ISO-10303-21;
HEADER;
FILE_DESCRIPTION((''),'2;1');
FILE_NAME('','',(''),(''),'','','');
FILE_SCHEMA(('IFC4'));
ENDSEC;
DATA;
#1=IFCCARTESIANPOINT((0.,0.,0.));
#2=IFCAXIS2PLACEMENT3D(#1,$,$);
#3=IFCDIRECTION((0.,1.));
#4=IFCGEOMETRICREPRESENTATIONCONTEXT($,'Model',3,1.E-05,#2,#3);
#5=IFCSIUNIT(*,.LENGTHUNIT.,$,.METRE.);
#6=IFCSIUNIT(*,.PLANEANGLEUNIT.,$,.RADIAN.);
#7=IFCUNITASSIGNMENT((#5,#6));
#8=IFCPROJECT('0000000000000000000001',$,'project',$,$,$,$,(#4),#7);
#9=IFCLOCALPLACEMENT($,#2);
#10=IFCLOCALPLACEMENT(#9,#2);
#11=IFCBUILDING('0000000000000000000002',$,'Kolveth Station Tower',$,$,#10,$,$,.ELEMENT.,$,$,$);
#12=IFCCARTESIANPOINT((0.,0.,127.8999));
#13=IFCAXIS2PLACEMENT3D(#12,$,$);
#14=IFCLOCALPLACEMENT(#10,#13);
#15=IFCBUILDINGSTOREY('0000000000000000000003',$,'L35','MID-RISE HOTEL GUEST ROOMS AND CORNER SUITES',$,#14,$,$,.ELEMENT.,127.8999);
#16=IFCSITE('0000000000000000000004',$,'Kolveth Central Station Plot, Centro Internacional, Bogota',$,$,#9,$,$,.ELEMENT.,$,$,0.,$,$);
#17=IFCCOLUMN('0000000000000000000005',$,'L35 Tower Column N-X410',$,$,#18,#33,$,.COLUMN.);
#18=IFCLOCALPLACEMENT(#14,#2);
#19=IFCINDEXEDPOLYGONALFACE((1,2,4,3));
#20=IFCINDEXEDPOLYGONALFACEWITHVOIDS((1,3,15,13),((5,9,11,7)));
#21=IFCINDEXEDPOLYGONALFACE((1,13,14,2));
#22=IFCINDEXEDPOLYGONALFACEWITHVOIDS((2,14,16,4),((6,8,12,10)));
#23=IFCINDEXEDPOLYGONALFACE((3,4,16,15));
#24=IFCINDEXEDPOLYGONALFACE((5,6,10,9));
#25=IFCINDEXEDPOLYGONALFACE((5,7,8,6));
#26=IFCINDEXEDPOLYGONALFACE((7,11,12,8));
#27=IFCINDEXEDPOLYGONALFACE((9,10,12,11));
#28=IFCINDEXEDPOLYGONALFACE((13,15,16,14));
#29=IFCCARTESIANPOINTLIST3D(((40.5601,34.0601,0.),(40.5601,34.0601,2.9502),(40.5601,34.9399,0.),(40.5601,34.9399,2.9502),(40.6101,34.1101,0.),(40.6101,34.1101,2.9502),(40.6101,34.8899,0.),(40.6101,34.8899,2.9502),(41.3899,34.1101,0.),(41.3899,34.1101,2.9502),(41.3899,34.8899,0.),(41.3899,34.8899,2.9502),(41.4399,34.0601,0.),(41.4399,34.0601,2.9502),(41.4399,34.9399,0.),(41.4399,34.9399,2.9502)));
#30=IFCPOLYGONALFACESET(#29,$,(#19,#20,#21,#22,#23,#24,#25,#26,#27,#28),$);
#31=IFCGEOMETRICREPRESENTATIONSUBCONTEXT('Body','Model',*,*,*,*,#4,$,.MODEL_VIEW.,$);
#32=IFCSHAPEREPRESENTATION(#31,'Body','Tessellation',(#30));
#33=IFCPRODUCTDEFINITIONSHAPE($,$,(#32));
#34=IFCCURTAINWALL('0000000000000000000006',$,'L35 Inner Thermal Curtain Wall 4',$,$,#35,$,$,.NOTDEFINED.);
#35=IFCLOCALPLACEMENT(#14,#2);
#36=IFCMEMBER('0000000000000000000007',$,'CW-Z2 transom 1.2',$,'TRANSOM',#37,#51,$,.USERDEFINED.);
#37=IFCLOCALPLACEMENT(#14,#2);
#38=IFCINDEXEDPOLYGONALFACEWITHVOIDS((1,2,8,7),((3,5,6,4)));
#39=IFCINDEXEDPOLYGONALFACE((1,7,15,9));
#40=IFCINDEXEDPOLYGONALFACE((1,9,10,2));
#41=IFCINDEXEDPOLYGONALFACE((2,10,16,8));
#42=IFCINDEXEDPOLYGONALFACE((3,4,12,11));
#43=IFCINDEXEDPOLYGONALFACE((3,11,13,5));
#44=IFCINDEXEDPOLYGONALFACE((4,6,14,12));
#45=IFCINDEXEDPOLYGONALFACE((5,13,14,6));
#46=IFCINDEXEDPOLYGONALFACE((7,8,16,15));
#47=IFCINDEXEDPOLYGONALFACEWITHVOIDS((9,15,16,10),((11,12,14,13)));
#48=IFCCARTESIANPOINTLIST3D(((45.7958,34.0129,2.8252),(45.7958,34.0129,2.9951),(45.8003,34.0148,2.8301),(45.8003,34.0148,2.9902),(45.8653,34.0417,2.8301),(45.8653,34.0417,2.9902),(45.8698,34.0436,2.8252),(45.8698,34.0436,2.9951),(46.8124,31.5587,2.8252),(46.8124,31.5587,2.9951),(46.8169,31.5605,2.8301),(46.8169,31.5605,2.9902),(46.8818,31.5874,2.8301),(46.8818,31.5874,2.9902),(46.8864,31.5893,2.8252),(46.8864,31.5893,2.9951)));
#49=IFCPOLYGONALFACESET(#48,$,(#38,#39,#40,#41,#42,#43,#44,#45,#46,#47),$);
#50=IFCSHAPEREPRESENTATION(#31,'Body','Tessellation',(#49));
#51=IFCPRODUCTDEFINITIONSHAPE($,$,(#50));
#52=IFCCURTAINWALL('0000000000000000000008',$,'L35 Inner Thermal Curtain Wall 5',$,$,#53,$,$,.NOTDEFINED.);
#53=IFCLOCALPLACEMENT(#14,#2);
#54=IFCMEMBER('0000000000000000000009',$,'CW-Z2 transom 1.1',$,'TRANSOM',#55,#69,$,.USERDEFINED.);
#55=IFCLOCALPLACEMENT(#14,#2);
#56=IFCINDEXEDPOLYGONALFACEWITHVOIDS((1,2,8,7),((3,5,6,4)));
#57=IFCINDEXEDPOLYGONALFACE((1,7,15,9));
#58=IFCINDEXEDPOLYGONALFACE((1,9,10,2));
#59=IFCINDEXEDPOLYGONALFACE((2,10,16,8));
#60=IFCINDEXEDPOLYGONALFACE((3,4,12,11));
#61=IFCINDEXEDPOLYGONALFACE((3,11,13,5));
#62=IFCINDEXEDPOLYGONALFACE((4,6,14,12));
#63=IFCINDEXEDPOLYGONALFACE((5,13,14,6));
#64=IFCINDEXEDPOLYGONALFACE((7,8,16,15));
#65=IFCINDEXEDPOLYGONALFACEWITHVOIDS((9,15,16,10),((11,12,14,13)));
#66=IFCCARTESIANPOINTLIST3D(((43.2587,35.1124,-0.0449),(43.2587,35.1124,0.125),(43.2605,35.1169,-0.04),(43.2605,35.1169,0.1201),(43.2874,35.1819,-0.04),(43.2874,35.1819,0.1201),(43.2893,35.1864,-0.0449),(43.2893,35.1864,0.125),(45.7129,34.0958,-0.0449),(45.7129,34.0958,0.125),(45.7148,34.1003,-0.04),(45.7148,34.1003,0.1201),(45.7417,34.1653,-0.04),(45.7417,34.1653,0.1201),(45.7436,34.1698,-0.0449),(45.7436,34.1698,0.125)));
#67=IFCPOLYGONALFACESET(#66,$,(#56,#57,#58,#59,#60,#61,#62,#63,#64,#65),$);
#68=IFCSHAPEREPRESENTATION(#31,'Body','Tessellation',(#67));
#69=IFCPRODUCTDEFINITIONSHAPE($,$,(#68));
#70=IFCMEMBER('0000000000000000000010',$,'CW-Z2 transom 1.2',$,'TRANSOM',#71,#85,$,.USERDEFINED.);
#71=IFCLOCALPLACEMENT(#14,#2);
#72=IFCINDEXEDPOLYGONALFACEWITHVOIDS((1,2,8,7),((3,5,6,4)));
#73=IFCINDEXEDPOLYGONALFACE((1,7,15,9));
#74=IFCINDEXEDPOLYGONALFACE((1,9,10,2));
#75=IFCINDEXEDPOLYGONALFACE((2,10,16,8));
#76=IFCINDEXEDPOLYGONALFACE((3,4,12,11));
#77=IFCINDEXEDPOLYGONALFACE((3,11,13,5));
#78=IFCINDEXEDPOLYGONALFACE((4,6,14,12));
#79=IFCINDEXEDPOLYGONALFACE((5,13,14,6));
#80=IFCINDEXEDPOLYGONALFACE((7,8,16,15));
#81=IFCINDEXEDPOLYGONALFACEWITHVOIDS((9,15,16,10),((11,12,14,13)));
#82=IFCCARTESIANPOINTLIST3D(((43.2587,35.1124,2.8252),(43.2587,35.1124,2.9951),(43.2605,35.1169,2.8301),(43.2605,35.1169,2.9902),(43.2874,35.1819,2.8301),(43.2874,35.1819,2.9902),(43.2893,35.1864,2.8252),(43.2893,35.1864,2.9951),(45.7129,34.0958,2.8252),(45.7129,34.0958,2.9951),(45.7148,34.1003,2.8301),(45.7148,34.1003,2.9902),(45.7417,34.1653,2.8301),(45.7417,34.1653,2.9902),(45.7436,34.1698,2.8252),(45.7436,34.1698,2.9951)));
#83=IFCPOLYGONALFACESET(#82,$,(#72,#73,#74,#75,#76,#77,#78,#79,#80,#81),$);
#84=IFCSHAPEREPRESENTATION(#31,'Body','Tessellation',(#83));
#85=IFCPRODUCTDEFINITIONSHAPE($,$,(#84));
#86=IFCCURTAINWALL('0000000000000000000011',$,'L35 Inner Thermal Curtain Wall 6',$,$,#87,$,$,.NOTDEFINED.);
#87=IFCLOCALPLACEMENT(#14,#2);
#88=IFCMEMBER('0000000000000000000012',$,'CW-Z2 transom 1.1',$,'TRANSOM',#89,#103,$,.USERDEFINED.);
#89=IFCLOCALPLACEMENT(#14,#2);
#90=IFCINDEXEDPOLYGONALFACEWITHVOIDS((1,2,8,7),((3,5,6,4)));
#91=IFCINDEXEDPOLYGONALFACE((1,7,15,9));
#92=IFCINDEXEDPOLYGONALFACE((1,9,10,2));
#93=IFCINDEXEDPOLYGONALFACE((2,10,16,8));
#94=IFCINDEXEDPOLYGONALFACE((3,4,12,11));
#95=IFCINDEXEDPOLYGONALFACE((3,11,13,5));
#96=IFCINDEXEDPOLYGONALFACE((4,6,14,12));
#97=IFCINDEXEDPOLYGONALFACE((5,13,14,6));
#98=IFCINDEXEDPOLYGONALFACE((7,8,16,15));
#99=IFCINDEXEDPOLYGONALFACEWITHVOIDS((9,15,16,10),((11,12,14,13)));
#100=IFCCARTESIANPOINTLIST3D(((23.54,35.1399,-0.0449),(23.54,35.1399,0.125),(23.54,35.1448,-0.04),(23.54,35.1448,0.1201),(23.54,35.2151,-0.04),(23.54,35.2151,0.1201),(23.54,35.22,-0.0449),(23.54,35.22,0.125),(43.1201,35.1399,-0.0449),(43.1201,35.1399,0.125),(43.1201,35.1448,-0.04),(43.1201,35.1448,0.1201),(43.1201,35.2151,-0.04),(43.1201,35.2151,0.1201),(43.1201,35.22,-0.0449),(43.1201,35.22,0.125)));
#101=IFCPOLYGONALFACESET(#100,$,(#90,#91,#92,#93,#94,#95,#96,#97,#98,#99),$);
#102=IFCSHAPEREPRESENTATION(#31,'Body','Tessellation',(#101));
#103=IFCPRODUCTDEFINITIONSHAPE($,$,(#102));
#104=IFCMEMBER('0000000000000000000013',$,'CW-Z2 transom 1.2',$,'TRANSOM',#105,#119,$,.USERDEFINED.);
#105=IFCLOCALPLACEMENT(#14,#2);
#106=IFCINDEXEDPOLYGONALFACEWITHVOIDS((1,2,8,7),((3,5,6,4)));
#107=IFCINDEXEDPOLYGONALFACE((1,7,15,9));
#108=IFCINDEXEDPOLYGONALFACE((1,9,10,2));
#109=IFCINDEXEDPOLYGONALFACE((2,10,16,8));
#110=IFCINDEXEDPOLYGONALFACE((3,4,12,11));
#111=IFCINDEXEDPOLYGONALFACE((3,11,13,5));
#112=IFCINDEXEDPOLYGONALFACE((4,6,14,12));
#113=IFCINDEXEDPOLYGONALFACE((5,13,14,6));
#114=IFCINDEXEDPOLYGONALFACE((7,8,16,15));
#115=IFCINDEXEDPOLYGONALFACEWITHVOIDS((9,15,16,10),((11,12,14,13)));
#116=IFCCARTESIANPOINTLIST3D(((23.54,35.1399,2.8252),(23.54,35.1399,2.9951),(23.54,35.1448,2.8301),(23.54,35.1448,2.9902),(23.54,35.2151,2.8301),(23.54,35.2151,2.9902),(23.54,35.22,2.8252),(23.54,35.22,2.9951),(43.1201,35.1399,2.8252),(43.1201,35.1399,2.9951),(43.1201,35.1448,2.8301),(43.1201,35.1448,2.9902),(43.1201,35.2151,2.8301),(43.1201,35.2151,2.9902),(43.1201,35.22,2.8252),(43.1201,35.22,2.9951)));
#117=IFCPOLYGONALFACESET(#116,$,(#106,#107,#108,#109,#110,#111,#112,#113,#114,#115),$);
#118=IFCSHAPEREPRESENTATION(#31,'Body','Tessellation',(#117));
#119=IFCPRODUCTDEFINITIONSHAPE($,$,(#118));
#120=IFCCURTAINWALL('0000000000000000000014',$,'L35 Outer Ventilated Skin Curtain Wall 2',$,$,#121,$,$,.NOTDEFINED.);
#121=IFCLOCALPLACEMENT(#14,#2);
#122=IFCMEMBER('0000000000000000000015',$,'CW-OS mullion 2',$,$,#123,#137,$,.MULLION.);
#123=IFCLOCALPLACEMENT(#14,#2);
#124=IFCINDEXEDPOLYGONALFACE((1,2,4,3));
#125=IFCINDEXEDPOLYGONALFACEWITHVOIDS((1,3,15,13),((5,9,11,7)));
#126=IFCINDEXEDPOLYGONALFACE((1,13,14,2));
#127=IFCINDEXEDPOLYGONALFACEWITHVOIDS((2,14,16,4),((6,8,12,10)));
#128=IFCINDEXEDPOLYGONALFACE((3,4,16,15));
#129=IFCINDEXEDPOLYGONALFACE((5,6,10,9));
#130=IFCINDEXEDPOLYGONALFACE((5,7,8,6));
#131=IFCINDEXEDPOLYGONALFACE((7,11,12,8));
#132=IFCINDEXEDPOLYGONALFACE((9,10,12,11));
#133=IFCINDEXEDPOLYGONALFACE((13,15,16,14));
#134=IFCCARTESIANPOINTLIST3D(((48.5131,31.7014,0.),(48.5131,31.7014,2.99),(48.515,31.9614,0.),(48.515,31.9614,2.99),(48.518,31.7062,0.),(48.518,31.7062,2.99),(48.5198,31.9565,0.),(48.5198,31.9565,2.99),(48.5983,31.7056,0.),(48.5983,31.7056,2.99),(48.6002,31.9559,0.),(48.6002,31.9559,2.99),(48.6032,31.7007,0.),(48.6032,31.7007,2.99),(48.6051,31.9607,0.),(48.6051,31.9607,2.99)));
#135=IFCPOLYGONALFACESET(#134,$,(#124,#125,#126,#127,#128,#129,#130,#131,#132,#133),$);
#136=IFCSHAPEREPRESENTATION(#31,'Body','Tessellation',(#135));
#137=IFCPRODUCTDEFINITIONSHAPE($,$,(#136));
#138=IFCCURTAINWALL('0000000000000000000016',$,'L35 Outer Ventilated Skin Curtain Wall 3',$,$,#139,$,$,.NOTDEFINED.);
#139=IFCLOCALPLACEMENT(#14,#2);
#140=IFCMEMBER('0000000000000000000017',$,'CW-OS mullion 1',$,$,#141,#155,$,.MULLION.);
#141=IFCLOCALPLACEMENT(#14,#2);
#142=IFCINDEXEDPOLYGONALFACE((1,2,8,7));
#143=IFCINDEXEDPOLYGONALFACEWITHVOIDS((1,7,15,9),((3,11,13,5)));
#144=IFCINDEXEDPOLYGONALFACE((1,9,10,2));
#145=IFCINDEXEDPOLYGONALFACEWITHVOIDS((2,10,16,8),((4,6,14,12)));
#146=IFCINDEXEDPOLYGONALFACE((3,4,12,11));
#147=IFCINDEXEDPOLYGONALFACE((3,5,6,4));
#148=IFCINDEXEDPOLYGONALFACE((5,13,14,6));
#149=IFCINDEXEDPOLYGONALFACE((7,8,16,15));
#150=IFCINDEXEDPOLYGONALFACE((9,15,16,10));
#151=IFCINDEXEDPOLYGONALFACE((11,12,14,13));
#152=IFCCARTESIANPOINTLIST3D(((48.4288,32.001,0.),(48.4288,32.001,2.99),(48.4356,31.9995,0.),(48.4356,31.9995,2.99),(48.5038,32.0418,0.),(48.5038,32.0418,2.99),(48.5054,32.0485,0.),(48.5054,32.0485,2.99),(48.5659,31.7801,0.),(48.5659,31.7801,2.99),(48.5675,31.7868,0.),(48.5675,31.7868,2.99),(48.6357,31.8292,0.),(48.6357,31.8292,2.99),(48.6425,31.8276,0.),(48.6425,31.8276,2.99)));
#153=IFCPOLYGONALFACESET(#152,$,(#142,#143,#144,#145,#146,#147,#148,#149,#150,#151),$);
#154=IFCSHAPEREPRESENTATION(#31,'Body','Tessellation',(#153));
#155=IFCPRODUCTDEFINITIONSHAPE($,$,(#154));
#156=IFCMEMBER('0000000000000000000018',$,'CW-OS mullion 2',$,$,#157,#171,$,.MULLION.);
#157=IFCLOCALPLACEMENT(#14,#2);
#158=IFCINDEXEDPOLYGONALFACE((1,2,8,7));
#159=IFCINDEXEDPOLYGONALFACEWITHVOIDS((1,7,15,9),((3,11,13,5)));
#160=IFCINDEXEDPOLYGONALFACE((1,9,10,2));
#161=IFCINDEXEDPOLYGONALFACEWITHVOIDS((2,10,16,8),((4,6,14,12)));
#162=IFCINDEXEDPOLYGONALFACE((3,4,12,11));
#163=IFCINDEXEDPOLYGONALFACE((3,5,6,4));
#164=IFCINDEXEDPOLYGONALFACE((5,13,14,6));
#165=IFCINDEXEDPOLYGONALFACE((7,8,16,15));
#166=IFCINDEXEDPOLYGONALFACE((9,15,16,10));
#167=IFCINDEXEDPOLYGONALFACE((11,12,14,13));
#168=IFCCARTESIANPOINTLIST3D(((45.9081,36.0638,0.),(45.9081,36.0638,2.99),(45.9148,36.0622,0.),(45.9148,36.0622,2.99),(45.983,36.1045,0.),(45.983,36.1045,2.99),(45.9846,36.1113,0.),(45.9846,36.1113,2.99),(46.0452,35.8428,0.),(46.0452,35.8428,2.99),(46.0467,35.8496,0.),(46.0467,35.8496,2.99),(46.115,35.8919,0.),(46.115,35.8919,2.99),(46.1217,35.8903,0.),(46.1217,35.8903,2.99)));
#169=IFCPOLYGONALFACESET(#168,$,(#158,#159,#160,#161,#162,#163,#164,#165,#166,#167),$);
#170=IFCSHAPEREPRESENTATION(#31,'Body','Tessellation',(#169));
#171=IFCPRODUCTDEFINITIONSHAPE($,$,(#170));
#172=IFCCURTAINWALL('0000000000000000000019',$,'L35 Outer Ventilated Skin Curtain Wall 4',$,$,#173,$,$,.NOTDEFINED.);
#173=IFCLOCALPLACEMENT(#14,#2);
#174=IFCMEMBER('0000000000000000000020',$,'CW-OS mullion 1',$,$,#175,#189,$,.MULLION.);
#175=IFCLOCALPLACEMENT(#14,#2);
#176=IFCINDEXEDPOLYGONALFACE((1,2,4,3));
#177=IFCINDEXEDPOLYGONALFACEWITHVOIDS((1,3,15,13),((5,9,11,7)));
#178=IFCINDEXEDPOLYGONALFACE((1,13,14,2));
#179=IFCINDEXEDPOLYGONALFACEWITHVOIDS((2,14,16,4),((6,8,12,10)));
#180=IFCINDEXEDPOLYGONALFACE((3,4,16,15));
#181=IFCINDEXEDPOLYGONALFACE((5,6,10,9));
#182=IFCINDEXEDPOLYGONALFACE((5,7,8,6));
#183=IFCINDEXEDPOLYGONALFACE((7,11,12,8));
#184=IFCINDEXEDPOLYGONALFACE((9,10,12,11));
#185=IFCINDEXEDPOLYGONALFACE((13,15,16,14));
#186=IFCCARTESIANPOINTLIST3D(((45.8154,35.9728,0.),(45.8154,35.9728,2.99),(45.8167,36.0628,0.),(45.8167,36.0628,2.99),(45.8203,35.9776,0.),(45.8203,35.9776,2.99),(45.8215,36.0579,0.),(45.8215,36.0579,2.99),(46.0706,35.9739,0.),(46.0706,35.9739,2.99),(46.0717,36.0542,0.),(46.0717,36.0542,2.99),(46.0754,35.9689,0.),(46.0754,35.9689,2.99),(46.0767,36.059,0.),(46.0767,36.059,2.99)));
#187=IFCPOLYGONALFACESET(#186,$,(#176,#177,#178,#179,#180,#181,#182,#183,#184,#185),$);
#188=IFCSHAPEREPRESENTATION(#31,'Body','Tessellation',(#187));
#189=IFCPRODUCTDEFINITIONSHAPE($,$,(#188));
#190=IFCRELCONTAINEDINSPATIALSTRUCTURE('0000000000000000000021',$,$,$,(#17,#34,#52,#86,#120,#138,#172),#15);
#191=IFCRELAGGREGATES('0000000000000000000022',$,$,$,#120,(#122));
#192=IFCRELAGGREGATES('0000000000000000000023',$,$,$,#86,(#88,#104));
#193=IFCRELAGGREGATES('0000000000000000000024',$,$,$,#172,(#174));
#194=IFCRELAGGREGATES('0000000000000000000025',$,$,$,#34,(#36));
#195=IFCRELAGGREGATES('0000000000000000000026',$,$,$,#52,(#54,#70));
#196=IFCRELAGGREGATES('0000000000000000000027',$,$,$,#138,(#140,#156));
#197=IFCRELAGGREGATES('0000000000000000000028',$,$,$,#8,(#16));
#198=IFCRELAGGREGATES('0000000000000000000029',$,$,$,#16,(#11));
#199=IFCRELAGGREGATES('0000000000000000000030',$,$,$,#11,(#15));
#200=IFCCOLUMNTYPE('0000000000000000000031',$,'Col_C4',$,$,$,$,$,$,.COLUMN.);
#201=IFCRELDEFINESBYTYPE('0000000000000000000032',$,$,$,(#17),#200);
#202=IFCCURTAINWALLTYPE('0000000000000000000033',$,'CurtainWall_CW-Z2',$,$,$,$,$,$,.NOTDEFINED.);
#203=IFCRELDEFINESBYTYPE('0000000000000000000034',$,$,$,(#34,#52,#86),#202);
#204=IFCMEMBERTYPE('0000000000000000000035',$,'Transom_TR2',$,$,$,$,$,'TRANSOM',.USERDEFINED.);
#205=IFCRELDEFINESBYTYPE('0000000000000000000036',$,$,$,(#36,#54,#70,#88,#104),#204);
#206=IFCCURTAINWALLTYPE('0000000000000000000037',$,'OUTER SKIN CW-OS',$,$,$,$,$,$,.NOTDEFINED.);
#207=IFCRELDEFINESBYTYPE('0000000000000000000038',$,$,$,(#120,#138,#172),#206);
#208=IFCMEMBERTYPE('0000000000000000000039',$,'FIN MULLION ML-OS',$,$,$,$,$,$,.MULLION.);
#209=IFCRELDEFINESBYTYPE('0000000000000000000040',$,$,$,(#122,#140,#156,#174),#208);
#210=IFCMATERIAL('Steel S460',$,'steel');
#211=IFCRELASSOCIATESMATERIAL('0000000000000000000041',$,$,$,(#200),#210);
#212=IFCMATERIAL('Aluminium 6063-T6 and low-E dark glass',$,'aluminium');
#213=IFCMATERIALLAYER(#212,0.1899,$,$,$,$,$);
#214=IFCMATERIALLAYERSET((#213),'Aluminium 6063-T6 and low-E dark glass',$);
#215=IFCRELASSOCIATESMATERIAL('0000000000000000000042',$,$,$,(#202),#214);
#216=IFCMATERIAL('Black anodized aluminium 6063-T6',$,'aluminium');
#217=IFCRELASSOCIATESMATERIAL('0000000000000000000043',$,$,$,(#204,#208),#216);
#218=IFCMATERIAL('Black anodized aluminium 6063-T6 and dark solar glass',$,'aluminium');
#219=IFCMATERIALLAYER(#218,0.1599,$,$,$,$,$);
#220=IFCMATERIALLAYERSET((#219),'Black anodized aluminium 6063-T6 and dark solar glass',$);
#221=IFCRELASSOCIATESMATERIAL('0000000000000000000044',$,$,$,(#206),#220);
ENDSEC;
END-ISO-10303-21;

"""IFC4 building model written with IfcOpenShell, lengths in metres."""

from ifc_helpers import new_model, si_unit, direction, frame, origin, origin_2d, place, context, subcontext, project, spatial, hollow_rectangle, extrude, source, transform, mapped, material, layer, layer_set, material_profile, profile_set, type_object, element, aggregate, save


model = new_model("IFC4")

# Units and contexts
model_context = context("Model", 3, precision=1e-05, world=origin(), true_north=direction((0.0, 1.0)))
body_context = subcontext(model_context, "Body", "Model", "MODEL_VIEW")
ifc_project = project(units=[si_unit("LENGTHUNIT", "METRE"), si_unit("PLANEANGLEUNIT", "RADIAN")], contexts=[model_context])

# Site, building, storey
site_placement = place(None, origin())
site = spatial("IfcSite", under=ifc_project, at=site_placement, Name="Kolveth Central Station Plot, Centro Internacional, Bogota", CompositionType="ELEMENT", RefElevation=0.0)
building_placement = place(site_placement, origin())
building = spatial("IfcBuilding", under=site, at=building_placement, Name="Kolveth Station Tower", CompositionType="ELEMENT")
storey_placement = place(building_placement, frame((0.0, 0.0, 127.8999)))
storey = spatial("IfcBuildingStorey", under=building, at=storey_placement, Name="L35", Description="MID-RISE HOTEL GUEST ROOMS AND CORNER SUITES", CompositionType="ELEMENT", Elevation=127.8999)

# Column
ifc_material_1 = material(Name="Steel S460", Category="steel")
ifc_material_profile_1 = material_profile(ifc_material_1, hollow_rectangle(XDim=0.8799, YDim=0.8799, WallThickness=0.05, at=origin_2d()), Name="BOX880x880x50")
ifc_profile_set_1 = profile_set([ifc_material_profile_1], Name="Steel S460")
column_type = type_object("IfcColumnType", Name="Col_C4", PredefinedType="COLUMN", material=ifc_profile_set_1)
shared_shape_1 = source(origin(), body_context, "Body", "SweptSolid", [
    extrude(hollow_rectangle(XDim=0.8799, YDim=0.8799, WallThickness=0.05, at=origin_2d()), origin(), (0.0, 0.0, 1.0), 2.9502),
])
column_placement = place(storey_placement, frame((41.0, 34.5, 0.0), z_axis=(0.0, 0.0, 1.0), x_axis=(1.0, 0.0, 0.0)))
element("IfcColumn", 1, at=column_placement, inside=storey, type_object=column_type, Name="L35 Tower Column N-X410", PredefinedType="COLUMN", context=body_context, shape_type="MappedRepresentation", body=[
    mapped(shared_shape_1, transform((0.0, 0.0, 0.0), x_axis=(1.0, 0.0, 0.0), y_axis=(0.0, 1.0, 0.0), z_axis=(0.0, 0.0, 1.0), scale=1.0)),
])

# Curtain wall, member
ifc_material_2 = material(Name="Aluminium 6063-T6 and low-E dark glass", Category="aluminium")
ifc_layer_1 = layer(ifc_material_2, 0.1899)
ifc_layer_set_1 = layer_set([ifc_layer_1], Name="Aluminium 6063-T6 and low-E dark glass")
curtain_wall_type_1 = type_object("IfcCurtainWallType", Name="CurtainWall_CW-Z2", PredefinedType="NOTDEFINED", material=ifc_layer_set_1)
curtain_wall_1_placement = place(storey_placement, origin())
curtain_wall_1 = element("IfcCurtainWall", 2, at=curtain_wall_1_placement, inside=storey, type_object=curtain_wall_type_1, Name="L35 Inner Thermal Curtain Wall 4", PredefinedType="NOTDEFINED")
ifc_material_3 = material(Name="Black anodized aluminium 6063-T6", Category="aluminium")
ifc_material_profile_2 = material_profile(ifc_material_3, hollow_rectangle(XDim=0.0801, YDim=0.1699, WallThickness=0.0049, at=origin_2d()), Name="ALU-80x170x5")
ifc_profile_set_2 = profile_set([ifc_material_profile_2], Name="Black anodized aluminium 6063-T6")
member_type_1 = type_object("IfcMemberType", Name="Transom_TR2", ElementType="TRANSOM", PredefinedType="USERDEFINED", material=ifc_profile_set_2)
shared_shape_2 = source(origin(), body_context, "Body", "SweptSolid", [
    extrude(hollow_rectangle(XDim=0.0801, YDim=0.1699, WallThickness=0.0049, at=origin_2d()), origin(), (0.0, 0.0, 1.0), 2.6565),
])
member_1_placement = place(storey_placement, frame((46.8494, 31.574, 2.9102), z_axis=(-0.382676, 0.923882, 0.0), x_axis=(-0.923882, -0.382676, 0.0)))
member_1 = element("IfcMember", 3, at=member_1_placement, type_object=member_type_1, Name="CW-Z2 transom 1.2", ObjectType="TRANSOM", PredefinedType="USERDEFINED", context=body_context, shape_type="MappedRepresentation", body=[
    mapped(shared_shape_2, transform((0.0, 0.0, 0.0), x_axis=(1.0, 0.0, 0.0), y_axis=(0.0, 1.0, 0.0), z_axis=(0.0, 0.0, 1.0), scale=1.0)),
])

# Curtain walls, members
curtain_wall_2_placement = place(storey_placement, origin())
curtain_wall_2 = element("IfcCurtainWall", 4, at=curtain_wall_2_placement, inside=storey, type_object=curtain_wall_type_1, Name="L35 Inner Thermal Curtain Wall 5", PredefinedType="NOTDEFINED")
member_2_placement = place(storey_placement, frame((45.7283, 34.1328, 0.04), z_axis=(-0.923882, 0.382676, 0.0), x_axis=(-0.382676, -0.923882, 0.0)))
member_2 = element("IfcMember", 5, at=member_2_placement, type_object=member_type_1, Name="CW-Z2 transom 1.1", ObjectType="TRANSOM", PredefinedType="USERDEFINED", context=body_context, shape_type="MappedRepresentation", body=[
    mapped(shared_shape_2, transform((0.0, 0.0, 0.0), x_axis=(1.0, 0.0, 0.0), y_axis=(0.0, 1.0, 0.0), z_axis=(0.0, 0.0, 1.0), scale=1.0)),
])
member_3_placement = place(storey_placement, frame((45.7283, 34.1328, 2.9102), z_axis=(-0.923882, 0.382676, 0.0), x_axis=(-0.382676, -0.923882, 0.0)))
member_3 = element("IfcMember", 6, at=member_3_placement, type_object=member_type_1, Name="CW-Z2 transom 1.2", ObjectType="TRANSOM", PredefinedType="USERDEFINED", context=body_context, shape_type="MappedRepresentation", body=[
    mapped(shared_shape_2, transform((0.0, 0.0, 0.0), x_axis=(1.0, 0.0, 0.0), y_axis=(0.0, 1.0, 0.0), z_axis=(0.0, 0.0, 1.0), scale=1.0)),
])
curtain_wall_3_placement = place(storey_placement, origin())
curtain_wall_3 = element("IfcCurtainWall", 7, at=curtain_wall_3_placement, inside=storey, type_object=curtain_wall_type_1, Name="L35 Inner Thermal Curtain Wall 6", PredefinedType="NOTDEFINED")
shared_shape_3 = source(origin(), body_context, "Body", "SweptSolid", [
    extrude(hollow_rectangle(XDim=0.0801, YDim=0.1699, WallThickness=0.0049, at=origin_2d()), origin(), (0.0, 0.0, 1.0), 19.5801),
])
member_4_placement = place(storey_placement, frame((43.1201, 35.1799, 0.04), z_axis=(-1.0, 0.0, 0.0), x_axis=(0.0, -1.0, 0.0)))
member_4 = element("IfcMember", 8, at=member_4_placement, type_object=member_type_1, Name="CW-Z2 transom 1.1", ObjectType="TRANSOM", PredefinedType="USERDEFINED", context=body_context, shape_type="MappedRepresentation", body=[
    mapped(shared_shape_3, transform((0.0, 0.0, 0.0), x_axis=(1.0, 0.0, 0.0), y_axis=(0.0, 1.0, 0.0), z_axis=(0.0, 0.0, 1.0), scale=1.0)),
])
member_5_placement = place(storey_placement, frame((43.1201, 35.1799, 2.9102), z_axis=(-1.0, 0.0, 0.0), x_axis=(0.0, -1.0, 0.0)))
member_5 = element("IfcMember", 9, at=member_5_placement, type_object=member_type_1, Name="CW-Z2 transom 1.2", ObjectType="TRANSOM", PredefinedType="USERDEFINED", context=body_context, shape_type="MappedRepresentation", body=[
    mapped(shared_shape_3, transform((0.0, 0.0, 0.0), x_axis=(1.0, 0.0, 0.0), y_axis=(0.0, 1.0, 0.0), z_axis=(0.0, 0.0, 1.0), scale=1.0)),
])

# Curtain wall, member
ifc_material_4 = material(Name="Black anodized aluminium 6063-T6 and dark solar glass", Category="aluminium")
ifc_layer_2 = layer(ifc_material_4, 0.1599)
ifc_layer_set_2 = layer_set([ifc_layer_2], Name="Black anodized aluminium 6063-T6 and dark solar glass")
curtain_wall_type_2 = type_object("IfcCurtainWallType", Name="OUTER SKIN CW-OS", PredefinedType="NOTDEFINED", material=ifc_layer_set_2)
curtain_wall_4_placement = place(storey_placement, origin())
curtain_wall_4 = element("IfcCurtainWall", 10, at=curtain_wall_4_placement, inside=storey, type_object=curtain_wall_type_2, Name="L35 Outer Ventilated Skin Curtain Wall 2", PredefinedType="NOTDEFINED")
ifc_material_profile_3 = material_profile(ifc_material_3, hollow_rectangle(XDim=0.0901, YDim=0.26, WallThickness=0.0049, at=origin_2d()), Name="ALU-90x260x5")
ifc_profile_set_3 = profile_set([ifc_material_profile_3], Name="Black anodized aluminium 6063-T6")
member_type_2 = type_object("IfcMemberType", Name="FIN MULLION ML-OS", PredefinedType="MULLION", material=ifc_profile_set_3)
shared_shape_4 = source(origin(), body_context, "Body", "SweptSolid", [
    extrude(hollow_rectangle(XDim=0.0901, YDim=0.26, WallThickness=0.0049, at=origin_2d()), origin(), (0.0, 0.0, 1.0), 2.99),
])
member_6_placement = place(storey_placement, frame((48.5591, 31.8311, 0.0), z_axis=(0.0, 0.0, 1.0), x_axis=(-0.999974, 0.007272, 0.0)))
member_6 = element("IfcMember", 11, at=member_6_placement, type_object=member_type_2, Name="CW-OS mullion 2", PredefinedType="MULLION", context=body_context, shape_type="MappedRepresentation", body=[
    mapped(shared_shape_4, transform((0.0, 0.0, 0.0), x_axis=(1.0, 0.0, 0.0), y_axis=(0.0, 1.0, 0.0), z_axis=(0.0, 0.0, 1.0), scale=1.0)),
])
aggregate(curtain_wall_4, [member_6])

# Curtain wall, members
curtain_wall_5_placement = place(storey_placement, origin())
curtain_wall_5 = element("IfcCurtainWall", 12, at=curtain_wall_5_placement, inside=storey, type_object=curtain_wall_type_2, Name="L35 Outer Ventilated Skin Curtain Wall 3", PredefinedType="NOTDEFINED")
member_7_placement = place(storey_placement, frame((48.5356, 31.9143, 0.0), z_axis=(0.0, 0.0, 1.0), x_axis=(-0.849719, -0.527236, 0.0)))
member_7 = element("IfcMember", 13, at=member_7_placement, type_object=member_type_2, Name="CW-OS mullion 1", PredefinedType="MULLION", context=body_context, shape_type="MappedRepresentation", body=[
    mapped(shared_shape_4, transform((0.0, 0.0, 0.0), x_axis=(1.0, 0.0, 0.0), y_axis=(0.0, 1.0, 0.0), z_axis=(0.0, 0.0, 1.0), scale=1.0)),
])
member_8_placement = place(storey_placement, frame((46.0149, 35.9771, 0.0), z_axis=(0.0, 0.0, 1.0), x_axis=(-0.849719, -0.527236, 0.0)))
member_8 = element("IfcMember", 14, at=member_8_placement, type_object=member_type_2, Name="CW-OS mullion 2", PredefinedType="MULLION", context=body_context, shape_type="MappedRepresentation", body=[
    mapped(shared_shape_4, transform((0.0, 0.0, 0.0), x_axis=(1.0, 0.0, 0.0), y_axis=(0.0, 1.0, 0.0), z_axis=(0.0, 0.0, 1.0), scale=1.0)),
])

# Curtain wall, member
curtain_wall_6_placement = place(storey_placement, origin())
curtain_wall_6 = element("IfcCurtainWall", 15, at=curtain_wall_6_placement, inside=storey, type_object=curtain_wall_type_2, Name="L35 Outer Ventilated Skin Curtain Wall 4", PredefinedType="NOTDEFINED")
member_9_placement = place(storey_placement, frame((45.946, 36.0159, 0.0), z_axis=(0.0, 0.0, 1.0), x_axis=(-0.014845, -0.99989, 0.0)))
member_9 = element("IfcMember", 16, at=member_9_placement, type_object=member_type_2, Name="CW-OS mullion 1", PredefinedType="MULLION", context=body_context, shape_type="MappedRepresentation", body=[
    mapped(shared_shape_4, transform((0.0, 0.0, 0.0), x_axis=(1.0, 0.0, 0.0), y_axis=(0.0, 1.0, 0.0), z_axis=(0.0, 0.0, 1.0), scale=1.0)),
])

aggregate(curtain_wall_3, [member_4, member_5])
aggregate(curtain_wall_6, [member_9])

aggregate(curtain_wall_1, [member_1])
aggregate(curtain_wall_2, [member_2, member_3])
aggregate(curtain_wall_5, [member_7, member_8])

save(model, "model.ifc")
